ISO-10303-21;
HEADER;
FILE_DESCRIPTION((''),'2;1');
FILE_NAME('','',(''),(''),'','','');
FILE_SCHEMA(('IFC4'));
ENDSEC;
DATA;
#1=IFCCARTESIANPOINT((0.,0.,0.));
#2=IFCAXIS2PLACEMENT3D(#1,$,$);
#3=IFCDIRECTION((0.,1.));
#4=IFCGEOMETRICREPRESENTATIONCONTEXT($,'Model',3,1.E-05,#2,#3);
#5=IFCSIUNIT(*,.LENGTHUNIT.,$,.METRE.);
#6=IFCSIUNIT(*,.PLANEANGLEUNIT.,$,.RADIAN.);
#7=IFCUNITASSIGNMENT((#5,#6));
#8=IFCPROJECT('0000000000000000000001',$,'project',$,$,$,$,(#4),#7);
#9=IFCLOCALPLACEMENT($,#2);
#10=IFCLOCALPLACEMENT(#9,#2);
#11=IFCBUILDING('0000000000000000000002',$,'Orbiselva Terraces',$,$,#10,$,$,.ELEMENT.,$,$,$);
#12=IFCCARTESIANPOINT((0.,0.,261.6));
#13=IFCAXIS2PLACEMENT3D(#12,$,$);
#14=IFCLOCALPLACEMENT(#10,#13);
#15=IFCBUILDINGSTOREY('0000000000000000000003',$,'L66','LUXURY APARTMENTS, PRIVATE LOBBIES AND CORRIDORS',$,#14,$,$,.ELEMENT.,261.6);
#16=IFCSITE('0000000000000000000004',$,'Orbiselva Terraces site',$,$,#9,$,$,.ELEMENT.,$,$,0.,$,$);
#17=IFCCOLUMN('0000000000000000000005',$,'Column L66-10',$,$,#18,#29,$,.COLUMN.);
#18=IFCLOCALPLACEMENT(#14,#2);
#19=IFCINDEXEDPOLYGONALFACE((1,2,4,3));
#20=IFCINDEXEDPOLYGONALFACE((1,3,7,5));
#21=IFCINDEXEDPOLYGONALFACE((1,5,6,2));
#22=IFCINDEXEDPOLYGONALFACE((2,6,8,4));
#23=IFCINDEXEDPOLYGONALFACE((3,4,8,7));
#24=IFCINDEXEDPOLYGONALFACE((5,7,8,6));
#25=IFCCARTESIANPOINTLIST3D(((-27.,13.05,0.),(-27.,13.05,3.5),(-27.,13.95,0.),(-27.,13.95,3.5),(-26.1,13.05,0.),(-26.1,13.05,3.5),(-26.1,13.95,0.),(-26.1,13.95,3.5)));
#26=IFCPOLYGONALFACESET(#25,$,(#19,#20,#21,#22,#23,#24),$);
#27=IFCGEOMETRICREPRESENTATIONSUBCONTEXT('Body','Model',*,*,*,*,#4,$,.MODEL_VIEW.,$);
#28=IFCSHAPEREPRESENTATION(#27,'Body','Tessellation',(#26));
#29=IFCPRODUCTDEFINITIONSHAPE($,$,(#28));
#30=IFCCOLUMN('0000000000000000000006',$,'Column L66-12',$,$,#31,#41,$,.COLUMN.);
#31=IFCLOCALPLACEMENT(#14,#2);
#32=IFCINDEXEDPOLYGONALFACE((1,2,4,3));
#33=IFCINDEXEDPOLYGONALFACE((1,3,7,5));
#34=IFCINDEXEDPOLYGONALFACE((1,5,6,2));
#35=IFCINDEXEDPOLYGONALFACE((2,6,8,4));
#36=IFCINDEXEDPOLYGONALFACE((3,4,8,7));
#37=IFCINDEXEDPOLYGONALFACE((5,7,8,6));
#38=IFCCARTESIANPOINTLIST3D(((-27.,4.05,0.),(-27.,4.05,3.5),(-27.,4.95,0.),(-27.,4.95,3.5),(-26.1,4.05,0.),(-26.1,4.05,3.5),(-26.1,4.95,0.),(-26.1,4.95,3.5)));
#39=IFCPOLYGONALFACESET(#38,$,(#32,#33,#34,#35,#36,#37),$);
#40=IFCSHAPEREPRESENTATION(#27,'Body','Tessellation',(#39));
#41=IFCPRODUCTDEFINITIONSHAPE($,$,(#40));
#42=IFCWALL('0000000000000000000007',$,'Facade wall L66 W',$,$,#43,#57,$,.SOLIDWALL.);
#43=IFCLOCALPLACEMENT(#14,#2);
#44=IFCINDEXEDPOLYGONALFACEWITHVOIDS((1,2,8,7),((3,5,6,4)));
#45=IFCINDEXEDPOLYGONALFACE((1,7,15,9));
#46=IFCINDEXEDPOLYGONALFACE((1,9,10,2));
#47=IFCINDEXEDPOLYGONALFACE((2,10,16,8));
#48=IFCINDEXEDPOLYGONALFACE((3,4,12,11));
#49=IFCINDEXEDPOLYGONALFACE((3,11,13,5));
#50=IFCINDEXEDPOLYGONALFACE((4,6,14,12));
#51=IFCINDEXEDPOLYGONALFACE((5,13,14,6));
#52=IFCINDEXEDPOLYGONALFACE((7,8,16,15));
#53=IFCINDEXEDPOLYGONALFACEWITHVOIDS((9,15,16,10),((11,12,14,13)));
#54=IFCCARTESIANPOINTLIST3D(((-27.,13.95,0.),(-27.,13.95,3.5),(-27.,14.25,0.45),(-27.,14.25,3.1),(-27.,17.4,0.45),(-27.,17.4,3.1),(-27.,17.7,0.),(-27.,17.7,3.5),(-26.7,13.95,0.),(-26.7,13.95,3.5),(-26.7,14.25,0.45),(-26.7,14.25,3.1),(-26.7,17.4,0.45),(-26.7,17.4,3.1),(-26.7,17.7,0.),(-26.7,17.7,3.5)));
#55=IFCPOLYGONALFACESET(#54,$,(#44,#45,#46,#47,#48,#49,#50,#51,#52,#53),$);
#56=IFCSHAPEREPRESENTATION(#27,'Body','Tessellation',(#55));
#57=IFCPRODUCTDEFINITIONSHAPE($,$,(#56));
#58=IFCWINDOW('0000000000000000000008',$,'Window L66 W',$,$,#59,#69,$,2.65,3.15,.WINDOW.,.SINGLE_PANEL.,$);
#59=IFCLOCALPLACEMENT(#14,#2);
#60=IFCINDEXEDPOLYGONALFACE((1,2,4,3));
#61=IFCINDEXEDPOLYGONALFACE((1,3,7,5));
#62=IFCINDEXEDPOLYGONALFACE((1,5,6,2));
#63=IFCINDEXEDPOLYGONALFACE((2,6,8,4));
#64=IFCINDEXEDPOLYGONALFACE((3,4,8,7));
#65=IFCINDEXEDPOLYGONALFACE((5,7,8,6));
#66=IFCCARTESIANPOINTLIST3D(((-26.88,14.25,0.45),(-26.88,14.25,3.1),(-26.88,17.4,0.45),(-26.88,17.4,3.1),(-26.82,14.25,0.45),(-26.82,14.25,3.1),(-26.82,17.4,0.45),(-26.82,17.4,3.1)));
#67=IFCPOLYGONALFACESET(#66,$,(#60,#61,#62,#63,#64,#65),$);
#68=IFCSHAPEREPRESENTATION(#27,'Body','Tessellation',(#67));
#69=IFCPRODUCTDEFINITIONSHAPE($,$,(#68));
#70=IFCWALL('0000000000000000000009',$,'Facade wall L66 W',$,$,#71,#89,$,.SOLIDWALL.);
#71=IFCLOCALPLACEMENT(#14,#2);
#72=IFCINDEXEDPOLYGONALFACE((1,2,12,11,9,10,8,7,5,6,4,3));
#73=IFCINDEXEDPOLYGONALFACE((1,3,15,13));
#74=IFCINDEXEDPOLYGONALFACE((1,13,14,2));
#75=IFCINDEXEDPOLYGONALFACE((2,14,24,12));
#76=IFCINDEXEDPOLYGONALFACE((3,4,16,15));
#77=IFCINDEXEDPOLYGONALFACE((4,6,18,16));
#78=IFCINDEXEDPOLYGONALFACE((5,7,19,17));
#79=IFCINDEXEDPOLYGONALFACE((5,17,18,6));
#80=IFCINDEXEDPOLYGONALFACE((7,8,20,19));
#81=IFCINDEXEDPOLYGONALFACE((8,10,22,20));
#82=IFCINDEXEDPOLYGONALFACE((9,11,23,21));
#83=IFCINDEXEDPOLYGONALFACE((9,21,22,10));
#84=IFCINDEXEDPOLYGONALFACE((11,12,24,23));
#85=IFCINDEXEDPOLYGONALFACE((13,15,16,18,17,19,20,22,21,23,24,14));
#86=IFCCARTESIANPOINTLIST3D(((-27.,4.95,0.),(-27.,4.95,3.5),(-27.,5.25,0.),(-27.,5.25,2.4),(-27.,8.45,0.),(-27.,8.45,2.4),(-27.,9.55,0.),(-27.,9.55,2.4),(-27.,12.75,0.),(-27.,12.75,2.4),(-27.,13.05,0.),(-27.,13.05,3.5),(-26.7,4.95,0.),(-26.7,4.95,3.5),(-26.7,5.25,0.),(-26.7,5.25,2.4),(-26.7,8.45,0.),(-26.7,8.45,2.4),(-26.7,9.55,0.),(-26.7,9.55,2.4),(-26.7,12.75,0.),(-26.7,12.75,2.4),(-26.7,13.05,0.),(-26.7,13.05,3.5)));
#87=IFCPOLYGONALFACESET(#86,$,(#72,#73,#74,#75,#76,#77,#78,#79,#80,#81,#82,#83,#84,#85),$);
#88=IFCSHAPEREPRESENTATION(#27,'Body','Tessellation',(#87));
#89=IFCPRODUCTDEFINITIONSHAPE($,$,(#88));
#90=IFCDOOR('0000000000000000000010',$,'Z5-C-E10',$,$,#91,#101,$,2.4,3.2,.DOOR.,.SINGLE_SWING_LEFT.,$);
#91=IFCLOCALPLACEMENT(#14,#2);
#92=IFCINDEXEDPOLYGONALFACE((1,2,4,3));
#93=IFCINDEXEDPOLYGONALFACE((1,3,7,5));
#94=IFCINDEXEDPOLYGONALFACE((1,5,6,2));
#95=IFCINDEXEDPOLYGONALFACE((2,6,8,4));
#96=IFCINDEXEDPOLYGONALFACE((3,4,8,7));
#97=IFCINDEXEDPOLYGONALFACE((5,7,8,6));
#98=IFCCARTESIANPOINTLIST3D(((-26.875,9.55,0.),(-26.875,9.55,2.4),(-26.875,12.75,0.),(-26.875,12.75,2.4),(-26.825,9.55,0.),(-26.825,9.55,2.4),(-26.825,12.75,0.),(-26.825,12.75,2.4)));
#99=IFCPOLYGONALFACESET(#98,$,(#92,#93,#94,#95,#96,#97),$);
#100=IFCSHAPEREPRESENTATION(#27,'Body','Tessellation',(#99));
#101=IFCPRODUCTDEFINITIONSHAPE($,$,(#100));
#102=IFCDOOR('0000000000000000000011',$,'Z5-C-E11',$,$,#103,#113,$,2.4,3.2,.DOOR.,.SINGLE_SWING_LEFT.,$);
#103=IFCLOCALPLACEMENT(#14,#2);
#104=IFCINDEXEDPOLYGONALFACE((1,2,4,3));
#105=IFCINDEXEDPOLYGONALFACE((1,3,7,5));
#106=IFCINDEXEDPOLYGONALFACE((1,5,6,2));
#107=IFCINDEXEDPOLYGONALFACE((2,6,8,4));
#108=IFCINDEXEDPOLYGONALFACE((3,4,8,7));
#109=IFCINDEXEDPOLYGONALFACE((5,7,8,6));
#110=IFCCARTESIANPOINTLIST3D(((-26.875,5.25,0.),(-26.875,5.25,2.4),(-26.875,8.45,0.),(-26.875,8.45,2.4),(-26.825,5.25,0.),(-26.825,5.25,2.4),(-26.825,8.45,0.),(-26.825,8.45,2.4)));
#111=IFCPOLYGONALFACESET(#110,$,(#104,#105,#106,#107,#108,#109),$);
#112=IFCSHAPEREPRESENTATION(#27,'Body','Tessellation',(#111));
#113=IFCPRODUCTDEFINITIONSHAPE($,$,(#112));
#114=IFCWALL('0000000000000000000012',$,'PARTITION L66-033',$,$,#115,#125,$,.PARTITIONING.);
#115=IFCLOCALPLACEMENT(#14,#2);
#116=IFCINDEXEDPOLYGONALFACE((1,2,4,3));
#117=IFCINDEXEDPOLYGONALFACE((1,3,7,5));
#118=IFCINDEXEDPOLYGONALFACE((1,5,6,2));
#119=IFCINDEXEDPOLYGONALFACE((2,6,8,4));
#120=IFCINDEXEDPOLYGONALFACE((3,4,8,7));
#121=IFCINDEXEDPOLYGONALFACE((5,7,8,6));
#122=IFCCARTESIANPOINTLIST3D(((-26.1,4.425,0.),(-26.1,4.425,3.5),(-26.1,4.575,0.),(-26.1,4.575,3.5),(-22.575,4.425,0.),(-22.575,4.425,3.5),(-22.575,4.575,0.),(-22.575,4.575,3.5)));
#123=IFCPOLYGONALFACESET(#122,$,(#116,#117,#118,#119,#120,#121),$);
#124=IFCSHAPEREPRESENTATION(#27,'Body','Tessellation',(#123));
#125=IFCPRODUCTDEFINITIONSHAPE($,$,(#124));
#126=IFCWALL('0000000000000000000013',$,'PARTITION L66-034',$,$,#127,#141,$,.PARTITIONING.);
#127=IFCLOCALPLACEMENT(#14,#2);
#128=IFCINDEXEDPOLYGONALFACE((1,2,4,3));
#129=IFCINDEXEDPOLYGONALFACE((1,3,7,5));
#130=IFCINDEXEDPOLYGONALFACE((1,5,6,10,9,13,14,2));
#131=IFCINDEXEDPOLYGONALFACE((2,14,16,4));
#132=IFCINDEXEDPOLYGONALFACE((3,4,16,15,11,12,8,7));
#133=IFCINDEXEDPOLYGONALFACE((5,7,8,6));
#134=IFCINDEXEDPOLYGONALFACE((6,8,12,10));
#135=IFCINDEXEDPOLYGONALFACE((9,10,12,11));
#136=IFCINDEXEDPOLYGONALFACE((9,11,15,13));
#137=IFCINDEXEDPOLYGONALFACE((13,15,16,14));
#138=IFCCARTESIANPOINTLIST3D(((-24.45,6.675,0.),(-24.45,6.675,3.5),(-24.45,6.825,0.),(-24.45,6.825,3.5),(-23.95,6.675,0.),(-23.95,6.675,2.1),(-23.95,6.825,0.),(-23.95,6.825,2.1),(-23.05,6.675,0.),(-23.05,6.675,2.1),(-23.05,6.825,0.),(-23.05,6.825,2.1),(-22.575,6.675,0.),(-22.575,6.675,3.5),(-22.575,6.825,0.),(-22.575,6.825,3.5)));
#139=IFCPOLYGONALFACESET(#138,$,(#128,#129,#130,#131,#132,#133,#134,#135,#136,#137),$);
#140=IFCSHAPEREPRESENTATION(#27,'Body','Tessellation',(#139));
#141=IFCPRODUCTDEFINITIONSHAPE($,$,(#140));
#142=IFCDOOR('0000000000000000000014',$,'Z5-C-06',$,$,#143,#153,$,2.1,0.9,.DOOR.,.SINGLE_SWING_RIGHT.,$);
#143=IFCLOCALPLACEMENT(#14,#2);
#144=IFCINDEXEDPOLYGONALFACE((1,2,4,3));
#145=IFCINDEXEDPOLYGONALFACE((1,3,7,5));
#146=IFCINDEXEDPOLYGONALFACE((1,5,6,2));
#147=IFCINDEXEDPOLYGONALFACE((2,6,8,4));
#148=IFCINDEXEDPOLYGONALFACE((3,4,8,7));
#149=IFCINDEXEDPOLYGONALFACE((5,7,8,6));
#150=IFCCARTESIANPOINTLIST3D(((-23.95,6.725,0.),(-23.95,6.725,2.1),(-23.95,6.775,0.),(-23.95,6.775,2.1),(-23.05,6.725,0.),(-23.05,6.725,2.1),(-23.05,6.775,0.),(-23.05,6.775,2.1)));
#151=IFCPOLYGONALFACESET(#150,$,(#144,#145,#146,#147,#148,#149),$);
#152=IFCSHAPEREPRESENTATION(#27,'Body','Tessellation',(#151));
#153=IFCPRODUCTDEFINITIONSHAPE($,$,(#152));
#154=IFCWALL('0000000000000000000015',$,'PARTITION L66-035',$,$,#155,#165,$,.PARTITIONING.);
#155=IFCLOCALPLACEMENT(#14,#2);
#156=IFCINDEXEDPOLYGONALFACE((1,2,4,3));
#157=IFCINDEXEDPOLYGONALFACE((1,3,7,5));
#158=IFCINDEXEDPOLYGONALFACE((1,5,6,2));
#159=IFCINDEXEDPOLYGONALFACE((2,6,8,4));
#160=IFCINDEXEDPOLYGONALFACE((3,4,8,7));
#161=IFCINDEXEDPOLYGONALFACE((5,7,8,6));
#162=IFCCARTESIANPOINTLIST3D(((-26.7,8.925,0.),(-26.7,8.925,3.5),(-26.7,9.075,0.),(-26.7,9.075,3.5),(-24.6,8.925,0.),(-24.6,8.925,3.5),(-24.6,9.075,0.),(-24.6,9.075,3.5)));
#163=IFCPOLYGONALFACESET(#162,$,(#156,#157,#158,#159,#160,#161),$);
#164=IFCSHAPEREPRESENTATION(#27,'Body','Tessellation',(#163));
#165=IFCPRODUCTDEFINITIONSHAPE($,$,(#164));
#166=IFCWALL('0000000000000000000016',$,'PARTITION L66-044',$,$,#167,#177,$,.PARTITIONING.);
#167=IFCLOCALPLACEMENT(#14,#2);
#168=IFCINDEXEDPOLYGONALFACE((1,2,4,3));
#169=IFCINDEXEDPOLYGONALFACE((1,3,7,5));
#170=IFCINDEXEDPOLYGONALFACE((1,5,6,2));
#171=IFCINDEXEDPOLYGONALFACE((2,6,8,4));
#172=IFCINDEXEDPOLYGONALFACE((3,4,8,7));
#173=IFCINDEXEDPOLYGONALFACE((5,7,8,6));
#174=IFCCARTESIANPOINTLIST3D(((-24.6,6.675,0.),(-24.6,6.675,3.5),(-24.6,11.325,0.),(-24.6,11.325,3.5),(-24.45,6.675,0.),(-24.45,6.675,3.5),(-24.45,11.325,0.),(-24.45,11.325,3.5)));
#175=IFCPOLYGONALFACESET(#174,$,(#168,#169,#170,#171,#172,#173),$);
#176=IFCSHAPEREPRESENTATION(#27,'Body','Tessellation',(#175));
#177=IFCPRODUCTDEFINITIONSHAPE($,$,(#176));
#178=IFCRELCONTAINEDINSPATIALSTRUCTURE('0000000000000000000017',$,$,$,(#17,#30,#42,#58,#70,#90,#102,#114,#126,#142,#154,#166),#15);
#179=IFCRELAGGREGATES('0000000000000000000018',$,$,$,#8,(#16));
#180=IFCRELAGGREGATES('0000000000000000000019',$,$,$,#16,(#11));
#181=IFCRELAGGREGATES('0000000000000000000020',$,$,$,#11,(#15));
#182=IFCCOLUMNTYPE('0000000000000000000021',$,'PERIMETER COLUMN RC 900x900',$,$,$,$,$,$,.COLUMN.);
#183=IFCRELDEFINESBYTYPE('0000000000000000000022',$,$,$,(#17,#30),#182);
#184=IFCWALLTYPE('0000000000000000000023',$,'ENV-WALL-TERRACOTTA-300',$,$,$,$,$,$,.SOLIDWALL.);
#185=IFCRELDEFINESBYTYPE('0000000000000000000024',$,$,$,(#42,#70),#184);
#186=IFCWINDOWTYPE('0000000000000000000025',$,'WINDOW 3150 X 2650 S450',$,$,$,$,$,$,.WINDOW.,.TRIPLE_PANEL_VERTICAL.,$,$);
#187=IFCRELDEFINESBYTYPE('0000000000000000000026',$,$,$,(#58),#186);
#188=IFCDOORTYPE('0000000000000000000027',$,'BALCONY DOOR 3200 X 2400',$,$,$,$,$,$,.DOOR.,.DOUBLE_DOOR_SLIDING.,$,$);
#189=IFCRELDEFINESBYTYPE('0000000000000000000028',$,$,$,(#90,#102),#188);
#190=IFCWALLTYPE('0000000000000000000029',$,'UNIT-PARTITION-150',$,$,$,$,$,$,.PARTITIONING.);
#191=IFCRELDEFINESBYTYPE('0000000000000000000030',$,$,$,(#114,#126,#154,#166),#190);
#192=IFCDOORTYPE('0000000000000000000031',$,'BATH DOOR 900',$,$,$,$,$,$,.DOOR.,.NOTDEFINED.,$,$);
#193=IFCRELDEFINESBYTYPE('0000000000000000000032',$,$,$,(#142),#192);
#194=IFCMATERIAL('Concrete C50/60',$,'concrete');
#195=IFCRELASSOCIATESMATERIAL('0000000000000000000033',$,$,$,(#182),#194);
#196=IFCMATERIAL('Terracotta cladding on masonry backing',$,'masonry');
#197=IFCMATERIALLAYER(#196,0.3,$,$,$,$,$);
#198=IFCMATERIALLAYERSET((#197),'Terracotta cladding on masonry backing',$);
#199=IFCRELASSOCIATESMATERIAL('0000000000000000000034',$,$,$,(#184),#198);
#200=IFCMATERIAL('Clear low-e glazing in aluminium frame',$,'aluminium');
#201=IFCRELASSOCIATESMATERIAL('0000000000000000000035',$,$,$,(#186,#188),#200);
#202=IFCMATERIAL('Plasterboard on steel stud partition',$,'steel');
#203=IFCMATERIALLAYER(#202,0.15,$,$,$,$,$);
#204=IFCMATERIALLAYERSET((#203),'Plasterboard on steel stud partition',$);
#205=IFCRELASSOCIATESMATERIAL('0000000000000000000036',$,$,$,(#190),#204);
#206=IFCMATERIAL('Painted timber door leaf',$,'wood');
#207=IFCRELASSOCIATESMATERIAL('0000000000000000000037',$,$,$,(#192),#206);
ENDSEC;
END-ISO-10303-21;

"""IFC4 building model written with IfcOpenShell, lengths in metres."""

from ifc_helpers import new_model, si_unit, direction, frame, frame_2d, origin, origin_2d, place, context, subcontext, project, spatial, rectangle, extrude, material, layer, layer_set, material_profile, profile_set, type_object, element, fill, save


model = new_model("IFC4")

# Units and contexts
model_context = context("Model", 3, precision=1e-05, world=origin(), true_north=direction((0.0, 1.0)))
body_context = subcontext(model_context, "Body", "Model", "MODEL_VIEW")
ifc_project = project(units=[si_unit("LENGTHUNIT", "METRE"), si_unit("PLANEANGLEUNIT", "RADIAN")], contexts=[model_context])

# Site, building, storey
site_placement = place(None, origin())
site = spatial("IfcSite", under=ifc_project, at=site_placement, Name="Orbiselva Terraces site", CompositionType="ELEMENT", RefElevation=0.0)
building_placement = place(site_placement, origin())
building = spatial("IfcBuilding", under=site, at=building_placement, Name="Orbiselva Terraces", CompositionType="ELEMENT")
storey_placement = place(building_placement, frame((0.0, 0.0, 261.6)))
storey = spatial("IfcBuildingStorey", under=building, at=storey_placement, Name="L66", Description="LUXURY APARTMENTS, PRIVATE LOBBIES AND CORRIDORS", CompositionType="ELEMENT", Elevation=261.6)

# Columns
ifc_material_1 = material(Name="Concrete C50/60", Category="concrete")
ifc_material_profile = material_profile(ifc_material_1, rectangle(XDim=0.9, YDim=0.9, at=origin_2d()), Name="RC 900x900")
ifc_profile_set = profile_set([ifc_material_profile], Name="Concrete C50/60")
column_type = type_object("IfcColumnType", Name="PERIMETER COLUMN RC 900x900", PredefinedType="COLUMN", material=ifc_profile_set)
for number, where, z_axis, x_axis, name in (
    (1, (-26.55, 13.5, 0.0), (0.0, 0.0, 1.0), (1.0, 0.0, 0.0), "Column L66-10"),
    (2, (-26.55, 4.5, 0.0), (0.0, 0.0, 1.0), (1.0, 0.0, 0.0), "Column L66-12"),
):
    element("IfcColumn", number, at=place(storey_placement, frame(where, z_axis=z_axis, x_axis=x_axis)), inside=storey, type_object=column_type, Name=name, PredefinedType="COLUMN", context=body_context, shape_type="SweptSolid", body=[
        extrude(rectangle(XDim=0.9, YDim=0.9, at=origin_2d()), origin(), (0.0, 0.0, 1.0), 3.5),
    ])

# Wall, opening, window
ifc_material_2 = material(Name="Terracotta cladding on masonry backing", Category="masonry")
ifc_layer_1 = layer(ifc_material_2, 0.3)
ifc_layer_set_1 = layer_set([ifc_layer_1], Name="Terracotta cladding on masonry backing")
wall_type_1 = type_object("IfcWallType", Name="ENV-WALL-TERRACOTTA-300", PredefinedType="SOLIDWALL", material=ifc_layer_set_1)
wall_1_placement = place(storey_placement, frame((-26.85, 13.95, 0.0), z_axis=(0.0, 0.0, 1.0), x_axis=(0.0, 1.0, 0.0)))
wall_1 = element("IfcWall", 3, at=wall_1_placement, inside=storey, type_object=wall_type_1, Name="Facade wall L66 W", PredefinedType="SOLIDWALL", context=body_context, shape_type="SweptSolid", body=[
    extrude(rectangle(XDim=3.75, YDim=0.3, at=frame_2d((1.875, 0.0))), origin(), (0.0, 0.0, 1.0), 3.5),
])
opening_1_placement = place(wall_1_placement, frame((0.3, 0.0, 0.45)))
opening_1 = element("IfcOpeningElement", 4, at=opening_1_placement, cuts=wall_1, PredefinedType="OPENING", context=body_context, shape_type="SweptSolid", body=[
    extrude(rectangle(XDim=3.15, YDim=2.65, at=frame_2d((1.575, 1.325))), frame((0.0, 0.16, 0.0), z_axis=(0.0, -1.0, 0.0), x_axis=(1.0, 0.0, 0.0)), (0.0, 0.0, 1.0), 0.32),
])
ifc_material_3 = material(Name="Clear low-e glazing in aluminium frame", Category="aluminium")
window_type = type_object("IfcWindowType", Name="WINDOW 3150 X 2650 S450", PartitioningType="TRIPLE_PANEL_VERTICAL", PredefinedType="WINDOW", material=ifc_material_3)
window_placement = place(opening_1_placement, origin())
window = element("IfcWindow", 5, at=window_placement, inside=storey, type_object=window_type, Name="Window L66 W", OverallHeight=2.65, OverallWidth=3.15, PartitioningType="SINGLE_PANEL", PredefinedType="WINDOW", context=body_context, shape_type="SweptSolid", body=[
    extrude(rectangle(XDim=3.15, YDim=2.65, at=frame_2d((1.575, 1.325))), frame((0.0, 0.03, 0.0), z_axis=(0.0, -1.0, 0.0), x_axis=(1.0, 0.0, 0.0)), (0.0, 0.0, 1.0), 0.06),
])
fill(opening_1, window)

# Wall, openings, doors
wall_2_placement = place(storey_placement, frame((-26.85, 4.95, 0.0), z_axis=(0.0, 0.0, 1.0), x_axis=(0.0, 1.0, 0.0)))
wall_2 = element("IfcWall", 6, at=wall_2_placement, inside=storey, type_object=wall_type_1, Name="Facade wall L66 W", PredefinedType="SOLIDWALL", context=body_context, shape_type="SweptSolid", body=[
    extrude(rectangle(XDim=8.1, YDim=0.3, at=frame_2d((4.05, 0.0))), origin(), (0.0, 0.0, 1.0), 3.5),
])
opening_2_placement = place(wall_2_placement, frame((4.6, 0.0, 0.0)))
opening_2 = element("IfcOpeningElement", 7, at=opening_2_placement, cuts=wall_2, PredefinedType="OPENING", context=body_context, shape_type="SweptSolid", body=[
    extrude(rectangle(XDim=3.2, YDim=2.4, at=frame_2d((1.6, 1.2))), frame((0.0, 0.16, 0.0), z_axis=(0.0, -1.0, 0.0), x_axis=(1.0, 0.0, 0.0)), (0.0, 0.0, 1.0), 0.32),
])
opening_3_placement = place(wall_2_placement, frame((0.3, 0.0, 0.0)))
opening_3 = element("IfcOpeningElement", 8, at=opening_3_placement, cuts=wall_2, PredefinedType="OPENING", context=body_context, shape_type="SweptSolid", body=[
    extrude(rectangle(XDim=3.2, YDim=2.4, at=frame_2d((1.6, 1.2))), frame((0.0, 0.16, 0.0), z_axis=(0.0, -1.0, 0.0), x_axis=(1.0, 0.0, 0.0)), (0.0, 0.0, 1.0), 0.32),
])
door_type_1 = type_object("IfcDoorType", Name="BALCONY DOOR 3200 X 2400", OperationType="DOUBLE_DOOR_SLIDING", PredefinedType="DOOR", material=ifc_material_3)
door_1_placement = place(opening_2_placement, origin())
door_1 = element("IfcDoor", 9, at=door_1_placement, inside=storey, type_object=door_type_1, Name="Z5-C-E10", OperationType="SINGLE_SWING_LEFT", OverallHeight=2.4, OverallWidth=3.2, PredefinedType="DOOR", context=body_context, shape_type="SweptSolid", body=[
    extrude(rectangle(XDim=3.2, YDim=2.4, at=frame_2d((1.6, 1.2))), frame((0.0, 0.025, 0.0), z_axis=(0.0, -1.0, 0.0), x_axis=(1.0, 0.0, 0.0)), (0.0, 0.0, 1.0), 0.05),
])
fill(opening_2, door_1)
door_2_placement = place(opening_3_placement, origin())
door_2 = element("IfcDoor", 10, at=door_2_placement, inside=storey, type_object=door_type_1, Name="Z5-C-E11", OperationType="SINGLE_SWING_LEFT", OverallHeight=2.4, OverallWidth=3.2, PredefinedType="DOOR", context=body_context, shape_type="SweptSolid", body=[
    extrude(rectangle(XDim=3.2, YDim=2.4, at=frame_2d((1.6, 1.2))), frame((0.0, 0.025, 0.0), z_axis=(0.0, -1.0, 0.0), x_axis=(1.0, 0.0, 0.0)), (0.0, 0.0, 1.0), 0.05),
])
fill(opening_3, door_2)

# Wall
ifc_material_4 = material(Name="Plasterboard on steel stud partition", Category="steel")
ifc_layer_2 = layer(ifc_material_4, 0.15)
ifc_layer_set_2 = layer_set([ifc_layer_2], Name="Plasterboard on steel stud partition")
wall_type_2 = type_object("IfcWallType", Name="UNIT-PARTITION-150", PredefinedType="PARTITIONING", material=ifc_layer_set_2)
wall_3_placement = place(storey_placement, frame((-26.1, 4.5, 0.0), z_axis=(0.0, 0.0, 1.0), x_axis=(1.0, 0.0, 0.0)))
element("IfcWall", 11, at=wall_3_placement, inside=storey, type_object=wall_type_2, Name="PARTITION L66-033", PredefinedType="PARTITIONING", context=body_context, shape_type="SweptSolid", body=[
    extrude(rectangle(XDim=3.525, YDim=0.15, at=frame_2d((1.7625, 0.0))), origin(), (0.0, 0.0, 1.0), 3.5),
])

# Wall, opening, door
wall_4_placement = place(storey_placement, frame((-24.45, 6.75, 0.0), z_axis=(0.0, 0.0, 1.0), x_axis=(1.0, 0.0, 0.0)))
wall_4 = element("IfcWall", 12, at=wall_4_placement, inside=storey, type_object=wall_type_2, Name="PARTITION L66-034", PredefinedType="PARTITIONING", context=body_context, shape_type="SweptSolid", body=[
    extrude(rectangle(XDim=1.875, YDim=0.15, at=frame_2d((0.9375, 0.0))), origin(), (0.0, 0.0, 1.0), 3.5),
])
opening_4_placement = place(wall_4_placement, frame((0.5, 0.0, 0.0)))
opening_4 = element("IfcOpeningElement", 13, at=opening_4_placement, cuts=wall_4, PredefinedType="OPENING", context=body_context, shape_type="SweptSolid", body=[
    extrude(rectangle(XDim=0.9, YDim=2.1, at=frame_2d((0.45, 1.05))), frame((0.0, 0.085, 0.0), z_axis=(0.0, -1.0, 0.0), x_axis=(1.0, 0.0, 0.0)), (0.0, 0.0, 1.0), 0.17),
])
ifc_material_5 = material(Name="Painted timber door leaf", Category="wood")
door_type_2 = type_object("IfcDoorType", Name="BATH DOOR 900", OperationType="NOTDEFINED", PredefinedType="DOOR", material=ifc_material_5)
door_3_placement = place(opening_4_placement, origin())
door_3 = element("IfcDoor", 14, at=door_3_placement, inside=storey, type_object=door_type_2, Name="Z5-C-06", OperationType="SINGLE_SWING_RIGHT", OverallHeight=2.1, OverallWidth=0.9, PredefinedType="DOOR", context=body_context, shape_type="SweptSolid", body=[
    extrude(rectangle(XDim=0.9, YDim=2.1, at=frame_2d((0.45, 1.05))), frame((0.0, 0.025, 0.0), z_axis=(0.0, -1.0, 0.0), x_axis=(1.0, 0.0, 0.0)), (0.0, 0.0, 1.0), 0.05),
])
fill(opening_4, door_3)

# Walls
wall_5_placement = place(storey_placement, frame((-26.7, 9.0, 0.0), z_axis=(0.0, 0.0, 1.0), x_axis=(1.0, 0.0, 0.0)))
element("IfcWall", 15, at=wall_5_placement, inside=storey, type_object=wall_type_2, Name="PARTITION L66-035", PredefinedType="PARTITIONING", context=body_context, shape_type="SweptSolid", body=[
    extrude(rectangle(XDim=2.1, YDim=0.15, at=frame_2d((1.05, 0.0))), origin(), (0.0, 0.0, 1.0), 3.5),
])
wall_6_placement = place(storey_placement, frame((-24.525, 6.675, 0.0), z_axis=(0.0, 0.0, 1.0), x_axis=(0.0, 1.0, 0.0)))
element("IfcWall", 16, at=wall_6_placement, inside=storey, type_object=wall_type_2, Name="PARTITION L66-044", PredefinedType="PARTITIONING", context=body_context, shape_type="SweptSolid", body=[
    extrude(rectangle(XDim=4.65, YDim=0.15, at=frame_2d((2.325, 0.0))), origin(), (0.0, 0.0, 1.0), 3.5),
])

save(model, "model.ifc")
